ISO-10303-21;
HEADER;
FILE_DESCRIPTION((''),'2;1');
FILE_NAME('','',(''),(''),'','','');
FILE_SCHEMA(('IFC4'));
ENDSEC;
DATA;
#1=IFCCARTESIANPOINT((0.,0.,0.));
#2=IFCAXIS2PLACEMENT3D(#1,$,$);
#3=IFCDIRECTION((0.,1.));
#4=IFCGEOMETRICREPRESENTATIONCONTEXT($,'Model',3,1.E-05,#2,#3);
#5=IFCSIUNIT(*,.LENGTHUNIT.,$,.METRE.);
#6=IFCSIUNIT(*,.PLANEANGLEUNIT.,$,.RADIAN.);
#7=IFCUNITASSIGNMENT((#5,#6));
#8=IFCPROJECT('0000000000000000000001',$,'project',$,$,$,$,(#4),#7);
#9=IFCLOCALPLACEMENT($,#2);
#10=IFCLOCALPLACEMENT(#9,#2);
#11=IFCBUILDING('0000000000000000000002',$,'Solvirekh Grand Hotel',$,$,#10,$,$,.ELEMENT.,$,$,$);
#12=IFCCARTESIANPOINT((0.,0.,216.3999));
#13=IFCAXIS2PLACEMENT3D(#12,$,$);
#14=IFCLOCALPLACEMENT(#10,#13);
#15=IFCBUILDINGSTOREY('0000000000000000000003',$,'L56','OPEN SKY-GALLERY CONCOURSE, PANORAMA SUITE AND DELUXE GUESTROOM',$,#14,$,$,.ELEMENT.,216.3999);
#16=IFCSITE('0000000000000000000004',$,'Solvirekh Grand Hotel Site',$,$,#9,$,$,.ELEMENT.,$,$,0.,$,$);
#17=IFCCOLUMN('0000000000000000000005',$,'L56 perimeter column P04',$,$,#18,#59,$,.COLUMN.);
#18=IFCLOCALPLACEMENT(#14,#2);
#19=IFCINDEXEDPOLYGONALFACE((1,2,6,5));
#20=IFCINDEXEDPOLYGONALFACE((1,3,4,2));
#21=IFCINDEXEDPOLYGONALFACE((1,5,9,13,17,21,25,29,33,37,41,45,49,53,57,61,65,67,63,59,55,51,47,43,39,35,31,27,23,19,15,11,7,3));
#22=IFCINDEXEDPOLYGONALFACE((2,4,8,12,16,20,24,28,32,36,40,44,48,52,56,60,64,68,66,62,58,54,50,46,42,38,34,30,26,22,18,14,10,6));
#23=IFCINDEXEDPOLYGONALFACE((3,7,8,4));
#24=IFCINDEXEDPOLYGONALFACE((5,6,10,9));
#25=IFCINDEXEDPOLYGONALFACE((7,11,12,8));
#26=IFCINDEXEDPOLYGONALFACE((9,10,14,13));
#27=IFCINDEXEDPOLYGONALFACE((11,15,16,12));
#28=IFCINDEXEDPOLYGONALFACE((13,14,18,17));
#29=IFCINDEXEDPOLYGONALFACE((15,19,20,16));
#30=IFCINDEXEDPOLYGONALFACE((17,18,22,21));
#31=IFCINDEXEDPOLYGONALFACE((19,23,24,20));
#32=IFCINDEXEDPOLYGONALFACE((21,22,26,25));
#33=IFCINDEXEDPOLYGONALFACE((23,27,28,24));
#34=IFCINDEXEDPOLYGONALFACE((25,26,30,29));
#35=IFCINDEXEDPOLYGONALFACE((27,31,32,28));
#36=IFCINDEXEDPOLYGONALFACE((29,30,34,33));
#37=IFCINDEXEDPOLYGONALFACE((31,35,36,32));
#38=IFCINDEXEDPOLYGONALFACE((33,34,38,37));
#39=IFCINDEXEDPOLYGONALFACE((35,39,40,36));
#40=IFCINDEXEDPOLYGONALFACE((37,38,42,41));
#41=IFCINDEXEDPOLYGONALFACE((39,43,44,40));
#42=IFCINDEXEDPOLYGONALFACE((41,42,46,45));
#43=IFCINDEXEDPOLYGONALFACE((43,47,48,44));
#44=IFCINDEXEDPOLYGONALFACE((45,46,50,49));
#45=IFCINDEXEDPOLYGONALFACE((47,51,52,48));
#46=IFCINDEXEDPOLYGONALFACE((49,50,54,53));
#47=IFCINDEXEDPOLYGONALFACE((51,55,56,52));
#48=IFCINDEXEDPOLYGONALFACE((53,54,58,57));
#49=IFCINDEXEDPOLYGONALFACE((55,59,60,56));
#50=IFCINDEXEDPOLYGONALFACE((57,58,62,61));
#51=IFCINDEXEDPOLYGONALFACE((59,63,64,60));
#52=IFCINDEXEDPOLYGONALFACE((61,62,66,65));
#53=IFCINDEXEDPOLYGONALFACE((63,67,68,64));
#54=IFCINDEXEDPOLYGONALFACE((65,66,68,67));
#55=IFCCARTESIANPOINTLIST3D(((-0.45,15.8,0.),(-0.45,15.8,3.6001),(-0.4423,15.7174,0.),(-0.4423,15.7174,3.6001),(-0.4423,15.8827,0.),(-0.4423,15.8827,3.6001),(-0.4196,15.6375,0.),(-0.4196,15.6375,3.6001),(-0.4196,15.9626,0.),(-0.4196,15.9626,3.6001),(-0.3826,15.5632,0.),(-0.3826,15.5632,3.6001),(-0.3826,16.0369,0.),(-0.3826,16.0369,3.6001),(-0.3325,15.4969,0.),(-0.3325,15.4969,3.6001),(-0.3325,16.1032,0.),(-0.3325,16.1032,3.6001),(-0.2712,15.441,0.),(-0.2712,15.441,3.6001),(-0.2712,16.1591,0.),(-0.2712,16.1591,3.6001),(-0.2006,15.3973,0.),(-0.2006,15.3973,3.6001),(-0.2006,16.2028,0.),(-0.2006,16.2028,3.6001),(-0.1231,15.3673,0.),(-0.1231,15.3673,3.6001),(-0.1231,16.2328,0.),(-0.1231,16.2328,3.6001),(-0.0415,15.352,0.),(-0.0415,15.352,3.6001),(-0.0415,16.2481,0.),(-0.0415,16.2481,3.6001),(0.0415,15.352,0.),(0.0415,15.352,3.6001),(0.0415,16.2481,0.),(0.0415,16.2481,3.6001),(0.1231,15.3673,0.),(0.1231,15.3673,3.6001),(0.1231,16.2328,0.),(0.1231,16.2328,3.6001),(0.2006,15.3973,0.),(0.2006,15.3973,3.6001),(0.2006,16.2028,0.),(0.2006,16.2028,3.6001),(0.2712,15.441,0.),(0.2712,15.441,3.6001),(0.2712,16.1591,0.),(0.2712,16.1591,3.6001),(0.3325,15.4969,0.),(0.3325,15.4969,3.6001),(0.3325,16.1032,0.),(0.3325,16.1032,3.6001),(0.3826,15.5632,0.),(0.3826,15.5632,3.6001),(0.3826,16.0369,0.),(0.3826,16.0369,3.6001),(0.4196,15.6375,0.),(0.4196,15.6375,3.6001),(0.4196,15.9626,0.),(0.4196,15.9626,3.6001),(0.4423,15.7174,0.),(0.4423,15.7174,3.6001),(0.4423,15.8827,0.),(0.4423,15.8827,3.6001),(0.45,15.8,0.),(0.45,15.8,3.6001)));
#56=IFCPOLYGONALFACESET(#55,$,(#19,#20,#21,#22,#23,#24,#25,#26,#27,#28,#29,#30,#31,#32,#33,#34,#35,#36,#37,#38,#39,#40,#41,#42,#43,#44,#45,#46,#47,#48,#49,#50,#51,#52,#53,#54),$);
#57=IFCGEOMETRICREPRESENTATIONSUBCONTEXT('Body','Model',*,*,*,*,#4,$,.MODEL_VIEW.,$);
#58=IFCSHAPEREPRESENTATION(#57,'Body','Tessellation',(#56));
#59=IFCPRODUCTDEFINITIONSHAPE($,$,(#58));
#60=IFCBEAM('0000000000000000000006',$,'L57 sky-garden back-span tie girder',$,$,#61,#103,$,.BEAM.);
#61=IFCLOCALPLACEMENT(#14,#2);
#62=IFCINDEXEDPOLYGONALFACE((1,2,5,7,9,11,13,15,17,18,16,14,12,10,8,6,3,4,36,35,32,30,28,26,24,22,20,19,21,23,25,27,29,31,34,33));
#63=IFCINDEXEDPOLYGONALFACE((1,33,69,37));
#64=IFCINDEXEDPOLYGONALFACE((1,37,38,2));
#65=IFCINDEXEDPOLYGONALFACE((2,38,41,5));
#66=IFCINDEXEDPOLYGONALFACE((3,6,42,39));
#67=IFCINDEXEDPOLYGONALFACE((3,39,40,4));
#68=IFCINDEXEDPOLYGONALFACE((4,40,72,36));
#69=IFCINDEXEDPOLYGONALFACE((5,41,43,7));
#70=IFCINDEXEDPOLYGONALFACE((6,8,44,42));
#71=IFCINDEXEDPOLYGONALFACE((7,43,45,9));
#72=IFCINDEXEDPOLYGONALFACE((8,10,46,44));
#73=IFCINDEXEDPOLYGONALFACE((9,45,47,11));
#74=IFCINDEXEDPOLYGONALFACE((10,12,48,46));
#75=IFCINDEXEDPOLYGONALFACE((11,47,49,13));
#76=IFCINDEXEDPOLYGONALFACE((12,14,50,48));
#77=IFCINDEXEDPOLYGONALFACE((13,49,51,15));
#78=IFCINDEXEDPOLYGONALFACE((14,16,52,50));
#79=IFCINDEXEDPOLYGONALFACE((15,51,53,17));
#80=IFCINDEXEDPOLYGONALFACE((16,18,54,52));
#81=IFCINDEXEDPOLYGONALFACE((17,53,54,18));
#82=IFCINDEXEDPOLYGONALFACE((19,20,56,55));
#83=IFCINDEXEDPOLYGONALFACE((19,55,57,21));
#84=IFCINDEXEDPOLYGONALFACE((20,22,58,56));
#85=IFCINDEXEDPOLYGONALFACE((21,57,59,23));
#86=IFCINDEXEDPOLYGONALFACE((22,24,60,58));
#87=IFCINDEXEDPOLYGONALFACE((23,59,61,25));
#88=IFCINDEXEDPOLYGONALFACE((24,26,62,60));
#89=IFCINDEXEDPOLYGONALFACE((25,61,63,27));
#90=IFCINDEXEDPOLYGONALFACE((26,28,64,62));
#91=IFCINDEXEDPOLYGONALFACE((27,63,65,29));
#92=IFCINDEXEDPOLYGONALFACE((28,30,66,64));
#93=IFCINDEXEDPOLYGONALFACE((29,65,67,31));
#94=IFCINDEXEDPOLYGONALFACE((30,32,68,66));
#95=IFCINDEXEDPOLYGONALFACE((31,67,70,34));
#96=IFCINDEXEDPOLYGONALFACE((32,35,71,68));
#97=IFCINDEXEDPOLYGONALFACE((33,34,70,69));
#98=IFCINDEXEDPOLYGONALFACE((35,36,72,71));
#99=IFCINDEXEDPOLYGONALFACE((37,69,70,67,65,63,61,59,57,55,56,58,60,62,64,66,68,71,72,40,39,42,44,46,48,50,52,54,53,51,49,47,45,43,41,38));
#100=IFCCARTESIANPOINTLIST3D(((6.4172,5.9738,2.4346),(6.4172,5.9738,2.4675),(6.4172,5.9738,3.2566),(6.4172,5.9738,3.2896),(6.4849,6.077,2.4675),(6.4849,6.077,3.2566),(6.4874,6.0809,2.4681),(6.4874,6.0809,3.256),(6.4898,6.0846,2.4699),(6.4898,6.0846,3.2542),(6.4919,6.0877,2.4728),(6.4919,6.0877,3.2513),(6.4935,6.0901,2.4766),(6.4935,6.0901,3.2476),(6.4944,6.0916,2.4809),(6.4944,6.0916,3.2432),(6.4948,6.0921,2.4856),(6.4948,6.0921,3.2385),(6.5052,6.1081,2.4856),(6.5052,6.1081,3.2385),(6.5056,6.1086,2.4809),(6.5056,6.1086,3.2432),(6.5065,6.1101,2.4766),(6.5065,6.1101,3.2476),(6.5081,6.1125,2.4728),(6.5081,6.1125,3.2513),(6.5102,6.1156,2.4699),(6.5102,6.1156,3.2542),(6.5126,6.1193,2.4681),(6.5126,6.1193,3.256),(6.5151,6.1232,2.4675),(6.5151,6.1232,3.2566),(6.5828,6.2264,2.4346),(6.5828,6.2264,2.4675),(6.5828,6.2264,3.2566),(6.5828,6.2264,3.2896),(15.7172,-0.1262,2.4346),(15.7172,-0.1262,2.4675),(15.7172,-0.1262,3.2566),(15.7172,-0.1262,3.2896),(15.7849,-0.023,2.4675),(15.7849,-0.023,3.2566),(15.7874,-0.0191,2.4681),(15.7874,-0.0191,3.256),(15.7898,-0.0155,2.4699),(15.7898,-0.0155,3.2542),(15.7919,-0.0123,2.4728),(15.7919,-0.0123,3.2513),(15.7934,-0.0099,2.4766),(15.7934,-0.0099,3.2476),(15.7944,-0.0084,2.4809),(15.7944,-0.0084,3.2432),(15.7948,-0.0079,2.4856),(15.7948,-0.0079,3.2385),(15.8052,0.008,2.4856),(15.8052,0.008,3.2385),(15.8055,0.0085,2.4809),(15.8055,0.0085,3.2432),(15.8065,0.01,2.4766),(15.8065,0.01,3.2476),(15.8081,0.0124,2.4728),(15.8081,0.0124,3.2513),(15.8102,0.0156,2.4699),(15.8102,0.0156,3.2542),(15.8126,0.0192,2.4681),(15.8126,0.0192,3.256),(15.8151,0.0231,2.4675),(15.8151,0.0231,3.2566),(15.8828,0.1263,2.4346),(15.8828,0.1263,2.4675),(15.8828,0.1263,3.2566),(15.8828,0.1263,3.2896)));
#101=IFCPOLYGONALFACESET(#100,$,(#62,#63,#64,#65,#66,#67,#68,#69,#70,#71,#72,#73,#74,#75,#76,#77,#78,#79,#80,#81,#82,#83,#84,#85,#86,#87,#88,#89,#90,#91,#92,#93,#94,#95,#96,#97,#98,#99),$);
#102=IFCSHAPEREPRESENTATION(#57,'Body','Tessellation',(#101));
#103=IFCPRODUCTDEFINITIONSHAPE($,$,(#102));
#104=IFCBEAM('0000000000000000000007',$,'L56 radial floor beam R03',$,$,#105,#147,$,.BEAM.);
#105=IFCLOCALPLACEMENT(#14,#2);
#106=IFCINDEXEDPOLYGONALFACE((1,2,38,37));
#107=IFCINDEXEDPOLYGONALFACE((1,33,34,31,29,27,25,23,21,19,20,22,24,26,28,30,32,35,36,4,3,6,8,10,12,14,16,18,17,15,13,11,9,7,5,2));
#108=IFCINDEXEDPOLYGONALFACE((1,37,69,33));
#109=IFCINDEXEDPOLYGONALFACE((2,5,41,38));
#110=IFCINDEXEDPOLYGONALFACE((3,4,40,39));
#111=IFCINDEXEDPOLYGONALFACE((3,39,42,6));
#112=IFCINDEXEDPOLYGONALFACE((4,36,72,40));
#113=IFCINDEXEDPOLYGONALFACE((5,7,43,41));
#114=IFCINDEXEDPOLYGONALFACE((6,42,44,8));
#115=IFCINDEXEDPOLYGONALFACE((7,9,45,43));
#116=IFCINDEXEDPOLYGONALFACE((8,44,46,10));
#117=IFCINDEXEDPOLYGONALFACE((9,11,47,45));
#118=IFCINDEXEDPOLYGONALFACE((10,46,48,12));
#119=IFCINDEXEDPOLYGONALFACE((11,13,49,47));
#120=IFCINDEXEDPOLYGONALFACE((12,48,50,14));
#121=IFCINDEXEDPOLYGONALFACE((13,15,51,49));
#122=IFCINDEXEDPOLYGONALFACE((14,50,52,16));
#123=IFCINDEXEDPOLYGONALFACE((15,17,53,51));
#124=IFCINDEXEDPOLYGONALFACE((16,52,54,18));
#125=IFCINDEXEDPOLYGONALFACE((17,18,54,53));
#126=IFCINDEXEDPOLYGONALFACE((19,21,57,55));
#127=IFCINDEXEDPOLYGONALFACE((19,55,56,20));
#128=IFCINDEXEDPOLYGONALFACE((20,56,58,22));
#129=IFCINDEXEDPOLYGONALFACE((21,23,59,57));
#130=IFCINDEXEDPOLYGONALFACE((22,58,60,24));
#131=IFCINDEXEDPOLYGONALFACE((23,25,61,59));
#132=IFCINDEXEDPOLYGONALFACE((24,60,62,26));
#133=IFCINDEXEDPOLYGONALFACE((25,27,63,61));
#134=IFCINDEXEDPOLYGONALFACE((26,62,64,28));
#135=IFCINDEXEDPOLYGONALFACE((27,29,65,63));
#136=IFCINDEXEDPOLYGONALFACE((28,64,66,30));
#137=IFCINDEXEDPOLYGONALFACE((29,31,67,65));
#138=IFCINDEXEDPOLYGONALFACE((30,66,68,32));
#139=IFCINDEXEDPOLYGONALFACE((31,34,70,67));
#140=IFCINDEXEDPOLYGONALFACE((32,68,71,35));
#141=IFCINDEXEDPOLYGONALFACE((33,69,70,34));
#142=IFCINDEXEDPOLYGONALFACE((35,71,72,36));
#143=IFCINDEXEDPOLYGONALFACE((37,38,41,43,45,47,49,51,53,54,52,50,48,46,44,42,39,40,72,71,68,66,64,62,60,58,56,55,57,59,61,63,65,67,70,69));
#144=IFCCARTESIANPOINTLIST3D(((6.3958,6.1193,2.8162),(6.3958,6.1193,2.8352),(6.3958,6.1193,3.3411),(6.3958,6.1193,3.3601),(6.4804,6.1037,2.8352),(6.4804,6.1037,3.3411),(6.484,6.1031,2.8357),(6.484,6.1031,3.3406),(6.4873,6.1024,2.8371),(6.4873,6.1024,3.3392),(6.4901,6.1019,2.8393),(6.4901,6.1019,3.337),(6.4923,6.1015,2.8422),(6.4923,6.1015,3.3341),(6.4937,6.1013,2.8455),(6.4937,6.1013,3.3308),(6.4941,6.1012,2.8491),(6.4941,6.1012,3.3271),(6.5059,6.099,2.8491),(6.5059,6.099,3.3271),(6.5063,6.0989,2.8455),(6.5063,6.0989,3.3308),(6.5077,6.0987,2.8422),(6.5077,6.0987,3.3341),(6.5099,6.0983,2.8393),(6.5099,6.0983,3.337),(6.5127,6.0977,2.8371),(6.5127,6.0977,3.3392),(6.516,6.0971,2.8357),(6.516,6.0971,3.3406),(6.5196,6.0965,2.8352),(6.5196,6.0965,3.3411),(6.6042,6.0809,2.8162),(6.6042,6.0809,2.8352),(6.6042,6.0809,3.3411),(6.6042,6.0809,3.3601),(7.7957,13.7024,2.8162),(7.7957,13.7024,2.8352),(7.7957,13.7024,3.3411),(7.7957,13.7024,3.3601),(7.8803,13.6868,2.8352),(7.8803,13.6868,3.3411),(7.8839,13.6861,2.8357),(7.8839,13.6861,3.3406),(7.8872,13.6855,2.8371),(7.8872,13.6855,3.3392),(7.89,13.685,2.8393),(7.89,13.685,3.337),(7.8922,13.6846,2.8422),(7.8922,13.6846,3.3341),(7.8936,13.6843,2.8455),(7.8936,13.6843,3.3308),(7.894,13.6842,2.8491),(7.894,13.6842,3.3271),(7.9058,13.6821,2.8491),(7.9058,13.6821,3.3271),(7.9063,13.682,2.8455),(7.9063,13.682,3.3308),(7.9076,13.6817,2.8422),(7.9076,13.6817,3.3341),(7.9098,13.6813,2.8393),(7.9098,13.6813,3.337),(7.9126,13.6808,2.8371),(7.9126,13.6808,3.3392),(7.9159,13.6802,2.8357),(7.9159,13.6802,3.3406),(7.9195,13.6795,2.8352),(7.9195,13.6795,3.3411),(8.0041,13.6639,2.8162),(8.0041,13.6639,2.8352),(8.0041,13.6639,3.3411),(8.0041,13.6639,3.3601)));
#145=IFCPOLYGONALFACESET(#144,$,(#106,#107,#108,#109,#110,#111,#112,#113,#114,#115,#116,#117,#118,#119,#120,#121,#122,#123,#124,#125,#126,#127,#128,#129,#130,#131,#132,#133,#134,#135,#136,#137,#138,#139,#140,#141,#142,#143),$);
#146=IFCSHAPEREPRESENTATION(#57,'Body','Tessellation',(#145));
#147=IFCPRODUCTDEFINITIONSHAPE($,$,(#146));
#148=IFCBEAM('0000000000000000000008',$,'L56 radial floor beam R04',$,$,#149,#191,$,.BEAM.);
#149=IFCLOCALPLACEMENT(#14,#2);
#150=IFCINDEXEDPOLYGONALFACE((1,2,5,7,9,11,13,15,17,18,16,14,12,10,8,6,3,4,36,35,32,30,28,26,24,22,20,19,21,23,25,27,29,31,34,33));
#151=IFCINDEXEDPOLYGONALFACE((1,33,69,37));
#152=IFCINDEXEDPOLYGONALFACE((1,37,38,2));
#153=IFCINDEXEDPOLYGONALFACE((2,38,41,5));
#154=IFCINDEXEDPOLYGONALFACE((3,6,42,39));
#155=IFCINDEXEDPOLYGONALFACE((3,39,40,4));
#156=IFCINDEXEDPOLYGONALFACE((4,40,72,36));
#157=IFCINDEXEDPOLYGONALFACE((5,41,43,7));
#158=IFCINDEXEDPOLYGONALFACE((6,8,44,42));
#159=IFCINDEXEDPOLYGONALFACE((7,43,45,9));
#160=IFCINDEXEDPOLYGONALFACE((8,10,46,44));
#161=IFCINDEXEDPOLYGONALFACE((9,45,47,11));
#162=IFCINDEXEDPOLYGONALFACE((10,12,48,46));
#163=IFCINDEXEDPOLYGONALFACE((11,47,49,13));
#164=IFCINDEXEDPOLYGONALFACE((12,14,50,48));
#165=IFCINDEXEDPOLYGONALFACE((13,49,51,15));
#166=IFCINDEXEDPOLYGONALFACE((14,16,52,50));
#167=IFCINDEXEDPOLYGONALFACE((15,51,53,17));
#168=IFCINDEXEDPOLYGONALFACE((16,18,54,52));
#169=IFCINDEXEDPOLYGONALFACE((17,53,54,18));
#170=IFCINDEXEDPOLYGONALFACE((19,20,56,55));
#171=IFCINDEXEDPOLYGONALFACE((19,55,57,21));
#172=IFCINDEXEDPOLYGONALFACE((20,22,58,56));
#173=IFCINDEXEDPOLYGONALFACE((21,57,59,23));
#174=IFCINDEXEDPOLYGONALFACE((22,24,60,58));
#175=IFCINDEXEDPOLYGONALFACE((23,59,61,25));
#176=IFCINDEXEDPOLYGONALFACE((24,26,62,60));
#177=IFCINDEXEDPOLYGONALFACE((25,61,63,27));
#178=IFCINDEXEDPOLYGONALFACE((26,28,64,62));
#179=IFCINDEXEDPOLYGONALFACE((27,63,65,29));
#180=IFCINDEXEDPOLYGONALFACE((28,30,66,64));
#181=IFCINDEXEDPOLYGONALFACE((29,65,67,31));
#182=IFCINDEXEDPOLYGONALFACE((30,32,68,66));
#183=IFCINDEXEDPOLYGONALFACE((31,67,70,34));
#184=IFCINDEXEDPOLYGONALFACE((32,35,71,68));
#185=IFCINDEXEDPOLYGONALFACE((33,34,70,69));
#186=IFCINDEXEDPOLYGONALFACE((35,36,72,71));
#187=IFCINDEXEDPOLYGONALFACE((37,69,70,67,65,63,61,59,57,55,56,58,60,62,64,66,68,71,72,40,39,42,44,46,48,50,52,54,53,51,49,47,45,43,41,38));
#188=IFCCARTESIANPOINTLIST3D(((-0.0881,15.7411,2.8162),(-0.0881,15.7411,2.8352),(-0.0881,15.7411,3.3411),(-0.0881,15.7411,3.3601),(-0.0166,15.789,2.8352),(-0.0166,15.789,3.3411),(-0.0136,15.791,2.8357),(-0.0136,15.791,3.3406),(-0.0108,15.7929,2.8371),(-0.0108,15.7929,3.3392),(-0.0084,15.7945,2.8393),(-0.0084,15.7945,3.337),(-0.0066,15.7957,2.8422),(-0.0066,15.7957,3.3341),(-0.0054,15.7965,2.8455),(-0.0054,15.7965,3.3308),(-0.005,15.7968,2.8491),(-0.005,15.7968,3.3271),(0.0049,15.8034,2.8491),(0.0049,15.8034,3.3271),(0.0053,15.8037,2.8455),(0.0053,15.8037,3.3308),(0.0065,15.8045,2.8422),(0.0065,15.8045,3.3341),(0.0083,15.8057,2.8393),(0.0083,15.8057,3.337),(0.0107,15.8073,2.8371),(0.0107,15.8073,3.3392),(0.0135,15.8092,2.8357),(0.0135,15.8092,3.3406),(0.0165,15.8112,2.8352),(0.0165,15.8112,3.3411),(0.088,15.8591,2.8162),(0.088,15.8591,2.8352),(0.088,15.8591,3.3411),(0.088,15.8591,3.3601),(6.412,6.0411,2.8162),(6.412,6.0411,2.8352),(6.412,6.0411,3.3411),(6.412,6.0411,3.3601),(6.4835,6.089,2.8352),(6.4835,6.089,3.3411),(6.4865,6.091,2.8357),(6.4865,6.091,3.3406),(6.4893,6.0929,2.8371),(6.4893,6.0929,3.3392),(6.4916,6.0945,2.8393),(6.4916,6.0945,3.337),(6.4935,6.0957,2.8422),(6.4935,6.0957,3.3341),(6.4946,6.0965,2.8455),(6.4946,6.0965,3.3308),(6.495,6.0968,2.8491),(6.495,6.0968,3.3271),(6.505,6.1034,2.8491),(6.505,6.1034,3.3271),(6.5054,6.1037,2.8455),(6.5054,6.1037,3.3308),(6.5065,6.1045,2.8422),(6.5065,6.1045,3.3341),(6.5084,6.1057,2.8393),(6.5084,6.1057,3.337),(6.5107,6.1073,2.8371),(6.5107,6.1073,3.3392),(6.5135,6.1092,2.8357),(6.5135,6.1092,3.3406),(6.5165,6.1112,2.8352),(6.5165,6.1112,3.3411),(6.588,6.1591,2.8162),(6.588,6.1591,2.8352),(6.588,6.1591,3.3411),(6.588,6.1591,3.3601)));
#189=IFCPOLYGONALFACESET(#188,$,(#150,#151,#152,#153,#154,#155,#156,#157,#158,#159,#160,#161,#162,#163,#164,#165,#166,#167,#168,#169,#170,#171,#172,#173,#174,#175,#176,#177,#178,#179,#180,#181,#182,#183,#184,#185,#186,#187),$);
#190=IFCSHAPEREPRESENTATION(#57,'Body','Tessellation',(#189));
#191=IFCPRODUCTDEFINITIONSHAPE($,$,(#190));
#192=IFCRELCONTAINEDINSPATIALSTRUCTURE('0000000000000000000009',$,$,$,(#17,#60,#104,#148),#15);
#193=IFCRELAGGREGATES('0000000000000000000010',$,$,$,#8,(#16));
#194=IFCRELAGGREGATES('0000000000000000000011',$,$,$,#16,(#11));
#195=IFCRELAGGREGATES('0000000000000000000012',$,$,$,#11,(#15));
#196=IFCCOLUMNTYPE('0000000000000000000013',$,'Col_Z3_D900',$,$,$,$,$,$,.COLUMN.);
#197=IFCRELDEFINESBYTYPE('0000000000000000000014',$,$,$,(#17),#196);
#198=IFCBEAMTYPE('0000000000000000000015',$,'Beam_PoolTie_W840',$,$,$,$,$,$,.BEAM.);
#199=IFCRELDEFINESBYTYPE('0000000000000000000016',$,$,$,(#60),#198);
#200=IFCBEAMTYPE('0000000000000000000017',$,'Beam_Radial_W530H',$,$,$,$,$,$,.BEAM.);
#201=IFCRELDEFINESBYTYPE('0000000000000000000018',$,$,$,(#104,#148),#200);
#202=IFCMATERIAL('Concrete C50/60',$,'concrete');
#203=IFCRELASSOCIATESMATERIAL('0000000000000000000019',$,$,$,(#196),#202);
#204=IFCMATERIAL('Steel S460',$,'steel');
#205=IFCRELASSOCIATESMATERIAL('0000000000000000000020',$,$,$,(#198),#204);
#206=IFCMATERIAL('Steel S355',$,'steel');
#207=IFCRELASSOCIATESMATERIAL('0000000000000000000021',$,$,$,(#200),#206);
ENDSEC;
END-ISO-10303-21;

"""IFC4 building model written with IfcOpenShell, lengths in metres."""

from ifc_helpers import new_model, si_unit, direction, frame, origin, origin_2d, place, context, subcontext, project, spatial, circle, i_section, extrude, material, material_profile, profile_set, type_object, element, save


model = new_model("IFC4")

# Units and contexts
model_context = context("Model", 3, precision=1e-05, world=origin(), true_north=direction((0.0, 1.0)))
body_context = subcontext(model_context, "Body", "Model", "MODEL_VIEW")
ifc_project = project(units=[si_unit("LENGTHUNIT", "METRE"), si_unit("PLANEANGLEUNIT", "RADIAN")], contexts=[model_context])

# Site, building, storey
site_placement = place(None, origin())
site = spatial("IfcSite", under=ifc_project, at=site_placement, Name="Solvirekh Grand Hotel Site", CompositionType="ELEMENT", RefElevation=0.0)
building_placement = place(site_placement, origin())
building = spatial("IfcBuilding", under=site, at=building_placement, Name="Solvirekh Grand Hotel", CompositionType="ELEMENT")
storey_placement = place(building_placement, frame((0.0, 0.0, 216.3999)))
storey = spatial("IfcBuildingStorey", under=building, at=storey_placement, Name="L56", Description="OPEN SKY-GALLERY CONCOURSE, PANORAMA SUITE AND DELUXE GUESTROOM", CompositionType="ELEMENT", Elevation=216.3999)

# Column
ifc_material_1 = material(Name="Concrete C50/60", Category="concrete")
ifc_material_profile_1 = material_profile(ifc_material_1, circle(Radius=0.45, at=origin_2d()), Name="RC CIRC D900")
ifc_profile_set_1 = profile_set([ifc_material_profile_1], Name="Concrete C50/60")
column_type = type_object("IfcColumnType", Name="Col_Z3_D900", PredefinedType="COLUMN", material=ifc_profile_set_1)
column_placement = place(storey_placement, frame((0.0, 15.8, 0.0), z_axis=(0.0, 0.0, 1.0), x_axis=(1.0, 0.0, 0.0)))
element("IfcColumn", 1, at=column_placement, inside=storey, type_object=column_type, Name="L56 perimeter column P04", PredefinedType="COLUMN", context=body_context, shape_type="SweptSolid", body=[
    extrude(circle(Radius=0.45, at=origin_2d()), origin(), (0.0, 0.0, 1.0), 3.6001),
])

# Beams
ifc_material_2 = material(Name="Steel S460", Category="steel")
ifc_material_profile_2 = material_profile(ifc_material_2, i_section(OverallWidth=0.302, OverallDepth=0.855, WebThickness=0.019, FlangeThickness=0.033, FilletRadius=0.0181, at=origin_2d()), Name="W840X299")
ifc_profile_set_2 = profile_set([ifc_material_profile_2], Name="Steel S460")
beam_type_1 = type_object("IfcBeamType", Name="Beam_PoolTie_W840", PredefinedType="BEAM", material=ifc_profile_set_2)
beam_1_placement = place(storey_placement, frame((6.5, 6.1001, 2.8621), z_axis=(0.836174, -0.548464, 0.0), x_axis=(0.548464, 0.836174, 0.0)))
element("IfcBeam", 2, at=beam_1_placement, inside=storey, type_object=beam_type_1, Name="L57 sky-garden back-span tie girder", PredefinedType="BEAM", context=body_context, shape_type="SweptSolid", body=[
    extrude(i_section(OverallWidth=0.302, OverallDepth=0.855, WebThickness=0.019, FlangeThickness=0.033, FilletRadius=0.0181, at=origin_2d()), origin(), (0.0, 0.0, 1.0), 11.1221),
])
ifc_material_3 = material(Name="Steel S355", Category="steel")
ifc_material_profile_3 = material_profile(ifc_material_3, i_section(OverallWidth=0.2119, OverallDepth=0.5439, WebThickness=0.012, FlangeThickness=0.019, FilletRadius=0.0139, at=origin_2d()), Name="W530X123")
ifc_profile_set_3 = profile_set([ifc_material_profile_3], Name="Steel S355")
beam_type_2 = type_object("IfcBeamType", Name="Beam_Radial_W530H", PredefinedType="BEAM", material=ifc_profile_set_3)
beam_2_placement = place(storey_placement, frame((6.5, 6.1001, 3.0881), z_axis=(0.181543, 0.983383, 0.0), x_axis=(-0.983383, 0.181543, 0.0)))
element("IfcBeam", 3, at=beam_2_placement, inside=storey, type_object=beam_type_2, Name="L56 radial floor beam R03", PredefinedType="BEAM", context=body_context, shape_type="SweptSolid", body=[
    extrude(i_section(OverallWidth=0.2119, OverallDepth=0.5439, WebThickness=0.012, FlangeThickness=0.019, FilletRadius=0.0139, at=origin_2d()), origin(), (0.0, 0.0, 1.0), 7.7112),
])
beam_3_placement = place(storey_placement, frame((6.5, 6.1001, 3.0881), z_axis=(-0.556677, 0.830729, 0.0), x_axis=(-0.830729, -0.556677, 0.0)))
element("IfcBeam", 4, at=beam_3_placement, inside=storey, type_object=beam_type_2, Name="L56 radial floor beam R04", PredefinedType="BEAM", context=body_context, shape_type="SweptSolid", body=[
    extrude(i_section(OverallWidth=0.2119, OverallDepth=0.5439, WebThickness=0.012, FlangeThickness=0.019, FilletRadius=0.0139, at=origin_2d()), origin(), (0.0, 0.0, 1.0), 11.6765),
])

save(model, "model.ifc")
